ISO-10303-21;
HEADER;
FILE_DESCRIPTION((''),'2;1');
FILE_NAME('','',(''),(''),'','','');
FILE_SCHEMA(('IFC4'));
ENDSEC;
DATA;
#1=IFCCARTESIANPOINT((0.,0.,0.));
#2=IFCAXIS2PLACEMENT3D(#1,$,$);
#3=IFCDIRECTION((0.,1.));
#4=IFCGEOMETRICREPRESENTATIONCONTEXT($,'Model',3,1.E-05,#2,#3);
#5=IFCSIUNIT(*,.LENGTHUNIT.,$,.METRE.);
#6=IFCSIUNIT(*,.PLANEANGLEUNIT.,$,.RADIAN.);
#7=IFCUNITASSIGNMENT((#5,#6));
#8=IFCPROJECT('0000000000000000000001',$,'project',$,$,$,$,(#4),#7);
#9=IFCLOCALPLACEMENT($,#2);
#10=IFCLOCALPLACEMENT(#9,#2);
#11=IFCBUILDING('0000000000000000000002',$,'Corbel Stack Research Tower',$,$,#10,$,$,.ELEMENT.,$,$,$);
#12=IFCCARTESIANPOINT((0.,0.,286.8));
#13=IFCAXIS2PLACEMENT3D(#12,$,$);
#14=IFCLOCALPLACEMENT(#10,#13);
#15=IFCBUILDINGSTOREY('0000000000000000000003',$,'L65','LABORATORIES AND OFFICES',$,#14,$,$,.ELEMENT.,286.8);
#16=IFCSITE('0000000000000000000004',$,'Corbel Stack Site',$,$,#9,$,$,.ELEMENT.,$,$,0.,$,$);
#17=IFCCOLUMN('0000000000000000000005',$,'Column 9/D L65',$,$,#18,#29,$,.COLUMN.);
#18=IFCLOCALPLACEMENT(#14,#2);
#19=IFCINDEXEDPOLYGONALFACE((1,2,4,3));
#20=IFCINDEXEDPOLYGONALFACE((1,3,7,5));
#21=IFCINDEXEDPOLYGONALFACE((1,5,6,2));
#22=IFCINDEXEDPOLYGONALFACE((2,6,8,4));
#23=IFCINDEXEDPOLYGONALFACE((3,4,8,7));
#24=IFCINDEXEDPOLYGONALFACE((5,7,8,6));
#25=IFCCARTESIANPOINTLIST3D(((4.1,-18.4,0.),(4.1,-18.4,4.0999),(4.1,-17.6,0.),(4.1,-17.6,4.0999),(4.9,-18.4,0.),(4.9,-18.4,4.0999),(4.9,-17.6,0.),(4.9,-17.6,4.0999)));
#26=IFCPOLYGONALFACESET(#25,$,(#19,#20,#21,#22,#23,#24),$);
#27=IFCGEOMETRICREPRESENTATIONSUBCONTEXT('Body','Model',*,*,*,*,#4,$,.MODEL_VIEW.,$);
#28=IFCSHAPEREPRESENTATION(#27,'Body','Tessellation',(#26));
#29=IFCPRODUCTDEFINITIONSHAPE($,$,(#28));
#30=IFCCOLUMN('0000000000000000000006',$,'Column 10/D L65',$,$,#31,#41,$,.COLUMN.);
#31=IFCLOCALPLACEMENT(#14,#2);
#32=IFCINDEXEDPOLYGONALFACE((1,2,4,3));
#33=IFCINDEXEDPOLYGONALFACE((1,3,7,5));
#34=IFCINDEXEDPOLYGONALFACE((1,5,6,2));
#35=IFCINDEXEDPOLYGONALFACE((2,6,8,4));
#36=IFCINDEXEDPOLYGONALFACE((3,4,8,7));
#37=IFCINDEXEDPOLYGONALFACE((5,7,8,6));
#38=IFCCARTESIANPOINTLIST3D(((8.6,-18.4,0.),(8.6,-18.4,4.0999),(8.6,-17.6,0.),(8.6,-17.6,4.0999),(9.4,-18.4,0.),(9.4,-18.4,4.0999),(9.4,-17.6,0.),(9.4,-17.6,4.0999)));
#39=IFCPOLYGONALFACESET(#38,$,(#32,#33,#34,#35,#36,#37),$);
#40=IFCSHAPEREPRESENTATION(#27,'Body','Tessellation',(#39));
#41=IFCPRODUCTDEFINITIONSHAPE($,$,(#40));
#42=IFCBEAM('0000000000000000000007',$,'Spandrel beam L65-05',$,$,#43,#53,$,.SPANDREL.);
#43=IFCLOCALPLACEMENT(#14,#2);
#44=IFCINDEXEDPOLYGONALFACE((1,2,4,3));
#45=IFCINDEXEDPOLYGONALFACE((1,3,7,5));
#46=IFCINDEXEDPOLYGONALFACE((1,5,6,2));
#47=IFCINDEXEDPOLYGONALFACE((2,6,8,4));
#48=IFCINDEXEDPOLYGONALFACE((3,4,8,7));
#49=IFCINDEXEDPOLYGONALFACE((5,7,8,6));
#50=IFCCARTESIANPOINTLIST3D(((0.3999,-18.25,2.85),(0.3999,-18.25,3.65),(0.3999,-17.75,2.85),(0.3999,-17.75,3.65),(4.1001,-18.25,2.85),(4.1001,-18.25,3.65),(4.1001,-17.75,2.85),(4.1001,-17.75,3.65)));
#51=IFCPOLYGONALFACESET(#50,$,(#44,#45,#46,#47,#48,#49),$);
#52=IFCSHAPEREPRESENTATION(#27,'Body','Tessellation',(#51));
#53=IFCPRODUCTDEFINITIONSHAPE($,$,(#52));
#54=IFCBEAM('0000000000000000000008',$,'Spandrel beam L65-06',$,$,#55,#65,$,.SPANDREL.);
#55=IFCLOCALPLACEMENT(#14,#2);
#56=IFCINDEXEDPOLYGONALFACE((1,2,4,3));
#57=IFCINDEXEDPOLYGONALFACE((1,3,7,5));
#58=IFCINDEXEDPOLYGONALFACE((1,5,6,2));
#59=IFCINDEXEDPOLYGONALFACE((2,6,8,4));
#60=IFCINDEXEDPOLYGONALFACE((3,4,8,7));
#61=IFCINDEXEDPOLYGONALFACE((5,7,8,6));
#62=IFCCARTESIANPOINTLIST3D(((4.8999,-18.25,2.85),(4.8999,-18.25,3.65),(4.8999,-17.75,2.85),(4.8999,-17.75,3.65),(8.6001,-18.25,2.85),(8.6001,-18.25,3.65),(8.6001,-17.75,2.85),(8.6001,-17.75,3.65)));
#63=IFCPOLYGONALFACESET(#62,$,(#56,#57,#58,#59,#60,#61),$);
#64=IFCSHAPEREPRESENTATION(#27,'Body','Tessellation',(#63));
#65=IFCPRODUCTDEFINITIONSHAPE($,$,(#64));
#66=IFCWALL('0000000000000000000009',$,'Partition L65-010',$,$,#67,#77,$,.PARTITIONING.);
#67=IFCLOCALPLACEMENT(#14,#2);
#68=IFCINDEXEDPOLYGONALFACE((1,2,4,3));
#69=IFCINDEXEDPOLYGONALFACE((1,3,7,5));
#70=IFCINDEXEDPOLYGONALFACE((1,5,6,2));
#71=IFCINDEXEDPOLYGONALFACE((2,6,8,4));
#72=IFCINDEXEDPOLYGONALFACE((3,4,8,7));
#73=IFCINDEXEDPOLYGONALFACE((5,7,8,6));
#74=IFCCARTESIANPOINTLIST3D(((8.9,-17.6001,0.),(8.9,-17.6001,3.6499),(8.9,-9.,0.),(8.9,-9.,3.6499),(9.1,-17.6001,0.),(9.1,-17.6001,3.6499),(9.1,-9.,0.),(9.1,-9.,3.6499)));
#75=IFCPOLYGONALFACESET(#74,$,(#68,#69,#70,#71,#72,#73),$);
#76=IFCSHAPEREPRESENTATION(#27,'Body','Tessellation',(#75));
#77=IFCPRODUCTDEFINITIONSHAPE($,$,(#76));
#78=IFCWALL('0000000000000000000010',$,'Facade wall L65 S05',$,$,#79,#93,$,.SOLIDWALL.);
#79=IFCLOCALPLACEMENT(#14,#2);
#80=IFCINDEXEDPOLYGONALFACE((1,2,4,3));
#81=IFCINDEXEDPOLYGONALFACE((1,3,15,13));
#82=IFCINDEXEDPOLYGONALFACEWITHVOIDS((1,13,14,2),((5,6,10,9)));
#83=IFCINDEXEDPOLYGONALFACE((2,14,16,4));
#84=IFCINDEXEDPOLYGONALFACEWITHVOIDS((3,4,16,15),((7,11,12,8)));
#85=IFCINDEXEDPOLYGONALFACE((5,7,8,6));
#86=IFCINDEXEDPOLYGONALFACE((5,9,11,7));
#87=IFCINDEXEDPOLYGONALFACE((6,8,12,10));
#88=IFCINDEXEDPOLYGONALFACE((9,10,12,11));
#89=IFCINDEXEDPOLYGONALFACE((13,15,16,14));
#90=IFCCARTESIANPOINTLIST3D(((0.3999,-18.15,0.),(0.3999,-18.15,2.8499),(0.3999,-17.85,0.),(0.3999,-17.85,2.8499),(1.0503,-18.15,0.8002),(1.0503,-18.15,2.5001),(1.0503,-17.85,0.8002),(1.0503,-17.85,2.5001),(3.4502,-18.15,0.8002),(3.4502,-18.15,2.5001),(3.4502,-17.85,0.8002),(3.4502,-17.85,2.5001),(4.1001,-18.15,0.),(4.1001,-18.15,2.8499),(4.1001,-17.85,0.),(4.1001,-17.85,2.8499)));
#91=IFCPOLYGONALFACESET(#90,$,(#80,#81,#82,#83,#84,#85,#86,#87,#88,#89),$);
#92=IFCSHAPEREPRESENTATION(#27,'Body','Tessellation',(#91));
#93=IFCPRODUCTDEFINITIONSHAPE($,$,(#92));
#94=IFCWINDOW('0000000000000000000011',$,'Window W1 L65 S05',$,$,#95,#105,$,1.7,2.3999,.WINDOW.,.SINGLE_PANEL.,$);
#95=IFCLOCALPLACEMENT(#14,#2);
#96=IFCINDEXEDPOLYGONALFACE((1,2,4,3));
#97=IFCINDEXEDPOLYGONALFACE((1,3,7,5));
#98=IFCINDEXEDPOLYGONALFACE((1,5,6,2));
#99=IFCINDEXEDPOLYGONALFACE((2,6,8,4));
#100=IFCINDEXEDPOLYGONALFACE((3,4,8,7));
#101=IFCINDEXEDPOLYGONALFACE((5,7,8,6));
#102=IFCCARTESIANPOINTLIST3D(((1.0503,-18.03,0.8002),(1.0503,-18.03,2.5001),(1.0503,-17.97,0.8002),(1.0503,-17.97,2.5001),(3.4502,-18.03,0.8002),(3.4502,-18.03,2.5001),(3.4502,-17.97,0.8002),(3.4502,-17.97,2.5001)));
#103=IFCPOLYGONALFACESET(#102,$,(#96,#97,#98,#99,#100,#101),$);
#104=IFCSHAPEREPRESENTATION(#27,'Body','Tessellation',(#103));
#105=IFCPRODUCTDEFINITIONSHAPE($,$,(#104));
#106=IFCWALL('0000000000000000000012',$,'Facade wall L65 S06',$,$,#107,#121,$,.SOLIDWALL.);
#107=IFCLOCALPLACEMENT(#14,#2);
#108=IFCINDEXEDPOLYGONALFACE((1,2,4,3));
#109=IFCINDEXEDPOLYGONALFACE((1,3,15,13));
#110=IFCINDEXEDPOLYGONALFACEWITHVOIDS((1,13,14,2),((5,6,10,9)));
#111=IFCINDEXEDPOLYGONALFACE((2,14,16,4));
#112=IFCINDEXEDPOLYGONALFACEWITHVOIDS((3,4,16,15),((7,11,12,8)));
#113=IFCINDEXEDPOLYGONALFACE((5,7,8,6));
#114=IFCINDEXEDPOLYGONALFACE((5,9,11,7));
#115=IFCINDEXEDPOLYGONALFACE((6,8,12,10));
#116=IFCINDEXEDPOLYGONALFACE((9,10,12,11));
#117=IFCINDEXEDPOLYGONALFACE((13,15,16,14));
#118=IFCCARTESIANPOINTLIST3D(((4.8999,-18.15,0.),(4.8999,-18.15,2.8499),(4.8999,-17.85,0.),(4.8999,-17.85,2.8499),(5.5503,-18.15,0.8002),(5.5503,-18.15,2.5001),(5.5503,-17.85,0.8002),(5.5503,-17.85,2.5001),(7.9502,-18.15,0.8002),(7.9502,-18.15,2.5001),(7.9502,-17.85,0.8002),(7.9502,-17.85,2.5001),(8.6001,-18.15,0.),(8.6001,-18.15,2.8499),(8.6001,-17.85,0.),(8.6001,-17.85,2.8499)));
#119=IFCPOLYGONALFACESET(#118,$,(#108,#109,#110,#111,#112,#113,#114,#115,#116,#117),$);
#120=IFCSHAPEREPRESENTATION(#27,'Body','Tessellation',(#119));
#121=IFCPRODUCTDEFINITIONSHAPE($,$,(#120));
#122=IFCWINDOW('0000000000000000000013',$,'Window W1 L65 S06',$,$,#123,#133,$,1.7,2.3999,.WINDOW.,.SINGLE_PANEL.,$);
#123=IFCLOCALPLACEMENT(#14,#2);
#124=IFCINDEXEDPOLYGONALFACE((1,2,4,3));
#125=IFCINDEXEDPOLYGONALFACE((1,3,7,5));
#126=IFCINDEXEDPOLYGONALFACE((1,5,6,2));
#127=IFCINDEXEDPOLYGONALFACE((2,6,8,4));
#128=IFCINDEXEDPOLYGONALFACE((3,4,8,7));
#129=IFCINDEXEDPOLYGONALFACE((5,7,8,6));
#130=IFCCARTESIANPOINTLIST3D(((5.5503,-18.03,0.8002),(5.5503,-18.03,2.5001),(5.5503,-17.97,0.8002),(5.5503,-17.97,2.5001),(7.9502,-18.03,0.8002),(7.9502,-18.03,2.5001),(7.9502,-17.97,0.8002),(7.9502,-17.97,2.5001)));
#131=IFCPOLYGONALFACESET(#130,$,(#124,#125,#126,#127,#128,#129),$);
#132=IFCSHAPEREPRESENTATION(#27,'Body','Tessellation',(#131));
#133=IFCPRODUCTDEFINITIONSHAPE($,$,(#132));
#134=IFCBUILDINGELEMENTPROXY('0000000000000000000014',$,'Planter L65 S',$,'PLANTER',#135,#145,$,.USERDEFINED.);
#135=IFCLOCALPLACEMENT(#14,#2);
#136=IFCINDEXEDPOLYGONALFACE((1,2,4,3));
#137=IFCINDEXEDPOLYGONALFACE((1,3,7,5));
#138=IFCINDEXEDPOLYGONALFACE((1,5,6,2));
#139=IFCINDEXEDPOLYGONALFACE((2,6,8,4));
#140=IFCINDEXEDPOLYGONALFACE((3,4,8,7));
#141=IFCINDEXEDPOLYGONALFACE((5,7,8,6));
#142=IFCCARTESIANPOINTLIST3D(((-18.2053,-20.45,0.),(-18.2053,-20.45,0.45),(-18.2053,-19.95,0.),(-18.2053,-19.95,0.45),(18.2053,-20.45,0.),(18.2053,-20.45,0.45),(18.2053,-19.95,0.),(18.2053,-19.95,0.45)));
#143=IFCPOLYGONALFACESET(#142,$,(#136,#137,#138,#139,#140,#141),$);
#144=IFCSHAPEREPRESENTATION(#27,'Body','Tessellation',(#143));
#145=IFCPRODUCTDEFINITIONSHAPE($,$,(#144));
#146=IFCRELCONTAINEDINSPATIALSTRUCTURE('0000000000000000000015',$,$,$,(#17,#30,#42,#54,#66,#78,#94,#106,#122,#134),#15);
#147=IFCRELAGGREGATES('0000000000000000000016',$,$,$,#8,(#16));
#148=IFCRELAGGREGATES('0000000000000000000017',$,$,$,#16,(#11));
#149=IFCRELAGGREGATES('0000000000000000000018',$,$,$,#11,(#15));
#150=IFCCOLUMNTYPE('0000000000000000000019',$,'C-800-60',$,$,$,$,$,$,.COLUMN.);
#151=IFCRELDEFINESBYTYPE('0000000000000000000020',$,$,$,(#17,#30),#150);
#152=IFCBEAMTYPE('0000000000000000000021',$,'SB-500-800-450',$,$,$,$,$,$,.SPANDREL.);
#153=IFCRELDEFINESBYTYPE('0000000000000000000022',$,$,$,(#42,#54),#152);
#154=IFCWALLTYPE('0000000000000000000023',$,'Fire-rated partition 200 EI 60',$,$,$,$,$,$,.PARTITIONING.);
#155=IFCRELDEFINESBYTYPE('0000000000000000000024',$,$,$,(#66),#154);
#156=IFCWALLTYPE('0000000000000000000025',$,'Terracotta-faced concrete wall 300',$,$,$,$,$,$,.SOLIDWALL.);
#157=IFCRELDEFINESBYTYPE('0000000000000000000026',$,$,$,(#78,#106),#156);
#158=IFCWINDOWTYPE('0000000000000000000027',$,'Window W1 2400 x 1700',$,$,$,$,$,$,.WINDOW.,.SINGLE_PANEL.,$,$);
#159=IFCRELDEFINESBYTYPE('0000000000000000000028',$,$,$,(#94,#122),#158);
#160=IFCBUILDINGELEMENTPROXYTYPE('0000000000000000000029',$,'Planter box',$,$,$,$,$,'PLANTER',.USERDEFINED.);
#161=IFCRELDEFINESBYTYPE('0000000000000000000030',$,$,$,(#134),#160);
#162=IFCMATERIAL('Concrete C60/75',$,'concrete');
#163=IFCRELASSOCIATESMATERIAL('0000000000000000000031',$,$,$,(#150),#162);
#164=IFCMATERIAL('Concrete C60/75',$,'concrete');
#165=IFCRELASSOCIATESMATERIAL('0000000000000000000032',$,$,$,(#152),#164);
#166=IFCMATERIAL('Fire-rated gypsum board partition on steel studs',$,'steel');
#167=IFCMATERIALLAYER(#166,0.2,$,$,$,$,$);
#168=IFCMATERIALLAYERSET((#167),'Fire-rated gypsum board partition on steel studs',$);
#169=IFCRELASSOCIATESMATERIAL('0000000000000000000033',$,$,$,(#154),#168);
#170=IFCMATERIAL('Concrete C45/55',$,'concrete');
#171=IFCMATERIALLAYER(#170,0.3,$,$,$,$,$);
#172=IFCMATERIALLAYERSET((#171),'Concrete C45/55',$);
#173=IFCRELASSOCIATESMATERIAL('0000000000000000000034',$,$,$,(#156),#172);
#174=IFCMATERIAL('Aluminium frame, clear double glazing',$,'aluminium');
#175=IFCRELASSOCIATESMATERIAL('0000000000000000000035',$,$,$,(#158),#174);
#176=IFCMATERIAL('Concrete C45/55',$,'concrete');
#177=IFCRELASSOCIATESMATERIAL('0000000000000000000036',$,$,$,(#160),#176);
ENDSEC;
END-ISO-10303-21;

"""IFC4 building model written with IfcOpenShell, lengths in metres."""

from ifc_helpers import new_model, si_unit, direction, frame, frame_2d, origin, origin_2d, place, context, subcontext, project, spatial, rectangle, extrude, material, layer, layer_set, material_profile, profile_set, type_object, element, fill, save


model = new_model("IFC4")

# Units and contexts
model_context = context("Model", 3, precision=1e-05, world=origin(), true_north=direction((0.0, 1.0)))
body_context = subcontext(model_context, "Body", "Model", "MODEL_VIEW")
ifc_project = project(units=[si_unit("LENGTHUNIT", "METRE"), si_unit("PLANEANGLEUNIT", "RADIAN")], contexts=[model_context])

# Site, building, storey
site_placement = place(None, origin())
site = spatial("IfcSite", under=ifc_project, at=site_placement, Name="Corbel Stack Site", CompositionType="ELEMENT", RefElevation=0.0)
building_placement = place(site_placement, origin())
building = spatial("IfcBuilding", under=site, at=building_placement, Name="Corbel Stack Research Tower", CompositionType="ELEMENT")
storey_placement = place(building_placement, frame((0.0, 0.0, 286.8)))
storey = spatial("IfcBuildingStorey", under=building, at=storey_placement, Name="L65", Description="LABORATORIES AND OFFICES", CompositionType="ELEMENT", Elevation=286.8)

# Columns
ifc_material_1 = material(Name="Concrete C60/75", Category="concrete")
ifc_material_profile_1 = material_profile(ifc_material_1, rectangle(XDim=0.8, YDim=0.8, at=origin_2d()), Name="RC 800 x 800")
ifc_profile_set_1 = profile_set([ifc_material_profile_1], Name="Concrete C60/75")
column_type = type_object("IfcColumnType", Name="C-800-60", PredefinedType="COLUMN", material=ifc_profile_set_1)
for number, where, z_axis, x_axis, name in (
    (1, (4.5, -18.0, 0.0), (0.0, 0.0, 1.0), (1.0, 0.0, 0.0), "Column 9/D L65"),
    (2, (9.0, -18.0, 0.0), (0.0, 0.0, 1.0), (1.0, 0.0, 0.0), "Column 10/D L65"),
):
    element("IfcColumn", number, at=place(storey_placement, frame(where, z_axis=z_axis, x_axis=x_axis)), inside=storey, type_object=column_type, Name=name, PredefinedType="COLUMN", context=body_context, shape_type="SweptSolid", body=[
        extrude(rectangle(XDim=0.8, YDim=0.8, at=origin_2d()), origin(), (0.0, 0.0, 1.0), 4.0999),
    ])

# Beams
ifc_material_2 = material(Name="Concrete C60/75", Category="concrete")
ifc_material_profile_2 = material_profile(ifc_material_2, rectangle(XDim=0.5, YDim=0.8, at=origin_2d()), Name="RC 500 x 800")
ifc_profile_set_2 = profile_set([ifc_material_profile_2], Name="Concrete C60/75")
beam_type = type_object("IfcBeamType", Name="SB-500-800-450", PredefinedType="SPANDREL", material=ifc_profile_set_2)
for number, where, z_axis, x_axis, name in (
    (3, (0.3999, -18.0, 3.25), (1.0, 0.0, 0.0), (0.0, 1.0, 0.0), "Spandrel beam L65-05"),
    (4, (4.8999, -18.0, 3.25), (1.0, 0.0, 0.0), (0.0, 1.0, 0.0), "Spandrel beam L65-06"),
):
    element("IfcBeam", number, at=place(storey_placement, frame(where, z_axis=z_axis, x_axis=x_axis)), inside=storey, type_object=beam_type, Name=name, PredefinedType="SPANDREL", context=body_context, shape_type="SweptSolid", body=[
        extrude(rectangle(XDim=0.5, YDim=0.8, at=origin_2d()), origin(), (0.0, 0.0, 1.0), 3.7002),
    ])

# Wall
ifc_material_3 = material(Name="Fire-rated gypsum board partition on steel studs", Category="steel")
ifc_layer_1 = layer(ifc_material_3, 0.2)
ifc_layer_set_1 = layer_set([ifc_layer_1], Name="Fire-rated gypsum board partition on steel studs")
wall_type_1 = type_object("IfcWallType", Name="Fire-rated partition 200 EI 60", PredefinedType="PARTITIONING", material=ifc_layer_set_1)
wall_1_placement = place(storey_placement, frame((9.0, -17.6001, 0.0), z_axis=(0.0, 0.0, 1.0), x_axis=(0.0, 1.0, 0.0)))
element("IfcWall", 5, at=wall_1_placement, inside=storey, type_object=wall_type_1, Name="Partition L65-010", PredefinedType="PARTITIONING", context=body_context, shape_type="SweptSolid", body=[
    extrude(rectangle(XDim=8.6001, YDim=0.2, at=frame_2d((4.3, 0.0))), origin(), (0.0, 0.0, 1.0), 3.6499),
])

# Walls, openings, windows
ifc_material_4 = material(Name="Concrete C45/55", Category="concrete")
ifc_layer_2 = layer(ifc_material_4, 0.3)
ifc_layer_set_2 = layer_set([ifc_layer_2], Name="Concrete C45/55")
wall_type_2 = type_object("IfcWallType", Name="Terracotta-faced concrete wall 300", PredefinedType="SOLIDWALL", material=ifc_layer_set_2)
wall_2_placement = place(storey_placement, frame((4.1001, -18.0, 0.0), z_axis=(0.0, 0.0, 1.0), x_axis=(-1.0, 0.0, 0.0)))
wall_2 = element("IfcWall", 6, at=wall_2_placement, inside=storey, type_object=wall_type_2, Name="Facade wall L65 S05", PredefinedType="SOLIDWALL", context=body_context, shape_type="SweptSolid", body=[
    extrude(rectangle(XDim=3.7002, YDim=0.3, at=frame_2d((1.8501, 0.0))), origin(), (0.0, 0.0, 1.0), 2.8499),
])
opening_1_placement = place(wall_2_placement, frame((0.6499, 0.0, 0.8)))
opening_1 = element("IfcOpeningElement", 7, at=opening_1_placement, cuts=wall_2, PredefinedType="OPENING", context=body_context, shape_type="SweptSolid", body=[
    extrude(rectangle(XDim=2.3999, YDim=1.7, at=frame_2d((1.2, 0.8501))), frame((0.0, 0.1599, 0.0), z_axis=(0.0, -1.0, 0.0), x_axis=(1.0, 0.0, 0.0)), (0.0, 0.0, 1.0), 0.3201),
])
ifc_material_5 = material(Name="Aluminium frame, clear double glazing", Category="aluminium")
window_type = type_object("IfcWindowType", Name="Window W1 2400 x 1700", PartitioningType="SINGLE_PANEL", PredefinedType="WINDOW", material=ifc_material_5)
window_1_placement = place(opening_1_placement, origin())
window_1 = element("IfcWindow", 8, at=window_1_placement, inside=storey, type_object=window_type, Name="Window W1 L65 S05", OverallHeight=1.7, OverallWidth=2.3999, PartitioningType="SINGLE_PANEL", PredefinedType="WINDOW", context=body_context, shape_type="SweptSolid", body=[
    extrude(rectangle(XDim=2.3999, YDim=1.7, at=frame_2d((1.2, 0.8501))), frame((0.0, 0.03, 0.0), z_axis=(0.0, -1.0, 0.0), x_axis=(1.0, 0.0, 0.0)), (0.0, 0.0, 1.0), 0.0601),
])
fill(opening_1, window_1)
wall_3_placement = place(storey_placement, frame((8.6001, -18.0, 0.0), z_axis=(0.0, 0.0, 1.0), x_axis=(-1.0, 0.0, 0.0)))
wall_3 = element("IfcWall", 9, at=wall_3_placement, inside=storey, type_object=wall_type_2, Name="Facade wall L65 S06", PredefinedType="SOLIDWALL", context=body_context, shape_type="SweptSolid", body=[
    extrude(rectangle(XDim=3.7002, YDim=0.3, at=frame_2d((1.8501, 0.0))), origin(), (0.0, 0.0, 1.0), 2.8499),
])
opening_2_placement = place(wall_3_placement, frame((0.6499, 0.0, 0.8)))
opening_2 = element("IfcOpeningElement", 10, at=opening_2_placement, cuts=wall_3, PredefinedType="OPENING", context=body_context, shape_type="SweptSolid", body=[
    extrude(rectangle(XDim=2.3999, YDim=1.7, at=frame_2d((1.2, 0.8501))), frame((0.0, 0.1599, 0.0), z_axis=(0.0, -1.0, 0.0), x_axis=(1.0, 0.0, 0.0)), (0.0, 0.0, 1.0), 0.3201),
])
window_2_placement = place(opening_2_placement, origin())
window_2 = element("IfcWindow", 11, at=window_2_placement, inside=storey, type_object=window_type, Name="Window W1 L65 S06", OverallHeight=1.7, OverallWidth=2.3999, PartitioningType="SINGLE_PANEL", PredefinedType="WINDOW", context=body_context, shape_type="SweptSolid", body=[
    extrude(rectangle(XDim=2.3999, YDim=1.7, at=frame_2d((1.2, 0.8501))), frame((0.0, 0.03, 0.0), z_axis=(0.0, -1.0, 0.0), x_axis=(1.0, 0.0, 0.0)), (0.0, 0.0, 1.0), 0.0601),
])
fill(opening_2, window_2)

# Building element proxy
ifc_material_6 = material(Name="Concrete C45/55", Category="concrete")
building_element_proxy_type = type_object("IfcBuildingElementProxyType", Name="Planter box", ElementType="PLANTER", PredefinedType="USERDEFINED", material=ifc_material_6)
proxy_placement = place(storey_placement, frame((0.0, -20.2, 0.0), z_axis=(0.0, 0.0, 1.0), x_axis=(1.0, 0.0, 0.0)))
element("IfcBuildingElementProxy", 12, at=proxy_placement, inside=storey, type_object=building_element_proxy_type, Name="Planter L65 S", ObjectType="PLANTER", PredefinedType="USERDEFINED", context=body_context, shape_type="SweptSolid", body=[
    extrude(rectangle(XDim=36.4106, YDim=0.5, at=origin_2d()), origin(), (0.0, 0.0, 1.0), 0.45),
])

save(model, "model.ifc")
